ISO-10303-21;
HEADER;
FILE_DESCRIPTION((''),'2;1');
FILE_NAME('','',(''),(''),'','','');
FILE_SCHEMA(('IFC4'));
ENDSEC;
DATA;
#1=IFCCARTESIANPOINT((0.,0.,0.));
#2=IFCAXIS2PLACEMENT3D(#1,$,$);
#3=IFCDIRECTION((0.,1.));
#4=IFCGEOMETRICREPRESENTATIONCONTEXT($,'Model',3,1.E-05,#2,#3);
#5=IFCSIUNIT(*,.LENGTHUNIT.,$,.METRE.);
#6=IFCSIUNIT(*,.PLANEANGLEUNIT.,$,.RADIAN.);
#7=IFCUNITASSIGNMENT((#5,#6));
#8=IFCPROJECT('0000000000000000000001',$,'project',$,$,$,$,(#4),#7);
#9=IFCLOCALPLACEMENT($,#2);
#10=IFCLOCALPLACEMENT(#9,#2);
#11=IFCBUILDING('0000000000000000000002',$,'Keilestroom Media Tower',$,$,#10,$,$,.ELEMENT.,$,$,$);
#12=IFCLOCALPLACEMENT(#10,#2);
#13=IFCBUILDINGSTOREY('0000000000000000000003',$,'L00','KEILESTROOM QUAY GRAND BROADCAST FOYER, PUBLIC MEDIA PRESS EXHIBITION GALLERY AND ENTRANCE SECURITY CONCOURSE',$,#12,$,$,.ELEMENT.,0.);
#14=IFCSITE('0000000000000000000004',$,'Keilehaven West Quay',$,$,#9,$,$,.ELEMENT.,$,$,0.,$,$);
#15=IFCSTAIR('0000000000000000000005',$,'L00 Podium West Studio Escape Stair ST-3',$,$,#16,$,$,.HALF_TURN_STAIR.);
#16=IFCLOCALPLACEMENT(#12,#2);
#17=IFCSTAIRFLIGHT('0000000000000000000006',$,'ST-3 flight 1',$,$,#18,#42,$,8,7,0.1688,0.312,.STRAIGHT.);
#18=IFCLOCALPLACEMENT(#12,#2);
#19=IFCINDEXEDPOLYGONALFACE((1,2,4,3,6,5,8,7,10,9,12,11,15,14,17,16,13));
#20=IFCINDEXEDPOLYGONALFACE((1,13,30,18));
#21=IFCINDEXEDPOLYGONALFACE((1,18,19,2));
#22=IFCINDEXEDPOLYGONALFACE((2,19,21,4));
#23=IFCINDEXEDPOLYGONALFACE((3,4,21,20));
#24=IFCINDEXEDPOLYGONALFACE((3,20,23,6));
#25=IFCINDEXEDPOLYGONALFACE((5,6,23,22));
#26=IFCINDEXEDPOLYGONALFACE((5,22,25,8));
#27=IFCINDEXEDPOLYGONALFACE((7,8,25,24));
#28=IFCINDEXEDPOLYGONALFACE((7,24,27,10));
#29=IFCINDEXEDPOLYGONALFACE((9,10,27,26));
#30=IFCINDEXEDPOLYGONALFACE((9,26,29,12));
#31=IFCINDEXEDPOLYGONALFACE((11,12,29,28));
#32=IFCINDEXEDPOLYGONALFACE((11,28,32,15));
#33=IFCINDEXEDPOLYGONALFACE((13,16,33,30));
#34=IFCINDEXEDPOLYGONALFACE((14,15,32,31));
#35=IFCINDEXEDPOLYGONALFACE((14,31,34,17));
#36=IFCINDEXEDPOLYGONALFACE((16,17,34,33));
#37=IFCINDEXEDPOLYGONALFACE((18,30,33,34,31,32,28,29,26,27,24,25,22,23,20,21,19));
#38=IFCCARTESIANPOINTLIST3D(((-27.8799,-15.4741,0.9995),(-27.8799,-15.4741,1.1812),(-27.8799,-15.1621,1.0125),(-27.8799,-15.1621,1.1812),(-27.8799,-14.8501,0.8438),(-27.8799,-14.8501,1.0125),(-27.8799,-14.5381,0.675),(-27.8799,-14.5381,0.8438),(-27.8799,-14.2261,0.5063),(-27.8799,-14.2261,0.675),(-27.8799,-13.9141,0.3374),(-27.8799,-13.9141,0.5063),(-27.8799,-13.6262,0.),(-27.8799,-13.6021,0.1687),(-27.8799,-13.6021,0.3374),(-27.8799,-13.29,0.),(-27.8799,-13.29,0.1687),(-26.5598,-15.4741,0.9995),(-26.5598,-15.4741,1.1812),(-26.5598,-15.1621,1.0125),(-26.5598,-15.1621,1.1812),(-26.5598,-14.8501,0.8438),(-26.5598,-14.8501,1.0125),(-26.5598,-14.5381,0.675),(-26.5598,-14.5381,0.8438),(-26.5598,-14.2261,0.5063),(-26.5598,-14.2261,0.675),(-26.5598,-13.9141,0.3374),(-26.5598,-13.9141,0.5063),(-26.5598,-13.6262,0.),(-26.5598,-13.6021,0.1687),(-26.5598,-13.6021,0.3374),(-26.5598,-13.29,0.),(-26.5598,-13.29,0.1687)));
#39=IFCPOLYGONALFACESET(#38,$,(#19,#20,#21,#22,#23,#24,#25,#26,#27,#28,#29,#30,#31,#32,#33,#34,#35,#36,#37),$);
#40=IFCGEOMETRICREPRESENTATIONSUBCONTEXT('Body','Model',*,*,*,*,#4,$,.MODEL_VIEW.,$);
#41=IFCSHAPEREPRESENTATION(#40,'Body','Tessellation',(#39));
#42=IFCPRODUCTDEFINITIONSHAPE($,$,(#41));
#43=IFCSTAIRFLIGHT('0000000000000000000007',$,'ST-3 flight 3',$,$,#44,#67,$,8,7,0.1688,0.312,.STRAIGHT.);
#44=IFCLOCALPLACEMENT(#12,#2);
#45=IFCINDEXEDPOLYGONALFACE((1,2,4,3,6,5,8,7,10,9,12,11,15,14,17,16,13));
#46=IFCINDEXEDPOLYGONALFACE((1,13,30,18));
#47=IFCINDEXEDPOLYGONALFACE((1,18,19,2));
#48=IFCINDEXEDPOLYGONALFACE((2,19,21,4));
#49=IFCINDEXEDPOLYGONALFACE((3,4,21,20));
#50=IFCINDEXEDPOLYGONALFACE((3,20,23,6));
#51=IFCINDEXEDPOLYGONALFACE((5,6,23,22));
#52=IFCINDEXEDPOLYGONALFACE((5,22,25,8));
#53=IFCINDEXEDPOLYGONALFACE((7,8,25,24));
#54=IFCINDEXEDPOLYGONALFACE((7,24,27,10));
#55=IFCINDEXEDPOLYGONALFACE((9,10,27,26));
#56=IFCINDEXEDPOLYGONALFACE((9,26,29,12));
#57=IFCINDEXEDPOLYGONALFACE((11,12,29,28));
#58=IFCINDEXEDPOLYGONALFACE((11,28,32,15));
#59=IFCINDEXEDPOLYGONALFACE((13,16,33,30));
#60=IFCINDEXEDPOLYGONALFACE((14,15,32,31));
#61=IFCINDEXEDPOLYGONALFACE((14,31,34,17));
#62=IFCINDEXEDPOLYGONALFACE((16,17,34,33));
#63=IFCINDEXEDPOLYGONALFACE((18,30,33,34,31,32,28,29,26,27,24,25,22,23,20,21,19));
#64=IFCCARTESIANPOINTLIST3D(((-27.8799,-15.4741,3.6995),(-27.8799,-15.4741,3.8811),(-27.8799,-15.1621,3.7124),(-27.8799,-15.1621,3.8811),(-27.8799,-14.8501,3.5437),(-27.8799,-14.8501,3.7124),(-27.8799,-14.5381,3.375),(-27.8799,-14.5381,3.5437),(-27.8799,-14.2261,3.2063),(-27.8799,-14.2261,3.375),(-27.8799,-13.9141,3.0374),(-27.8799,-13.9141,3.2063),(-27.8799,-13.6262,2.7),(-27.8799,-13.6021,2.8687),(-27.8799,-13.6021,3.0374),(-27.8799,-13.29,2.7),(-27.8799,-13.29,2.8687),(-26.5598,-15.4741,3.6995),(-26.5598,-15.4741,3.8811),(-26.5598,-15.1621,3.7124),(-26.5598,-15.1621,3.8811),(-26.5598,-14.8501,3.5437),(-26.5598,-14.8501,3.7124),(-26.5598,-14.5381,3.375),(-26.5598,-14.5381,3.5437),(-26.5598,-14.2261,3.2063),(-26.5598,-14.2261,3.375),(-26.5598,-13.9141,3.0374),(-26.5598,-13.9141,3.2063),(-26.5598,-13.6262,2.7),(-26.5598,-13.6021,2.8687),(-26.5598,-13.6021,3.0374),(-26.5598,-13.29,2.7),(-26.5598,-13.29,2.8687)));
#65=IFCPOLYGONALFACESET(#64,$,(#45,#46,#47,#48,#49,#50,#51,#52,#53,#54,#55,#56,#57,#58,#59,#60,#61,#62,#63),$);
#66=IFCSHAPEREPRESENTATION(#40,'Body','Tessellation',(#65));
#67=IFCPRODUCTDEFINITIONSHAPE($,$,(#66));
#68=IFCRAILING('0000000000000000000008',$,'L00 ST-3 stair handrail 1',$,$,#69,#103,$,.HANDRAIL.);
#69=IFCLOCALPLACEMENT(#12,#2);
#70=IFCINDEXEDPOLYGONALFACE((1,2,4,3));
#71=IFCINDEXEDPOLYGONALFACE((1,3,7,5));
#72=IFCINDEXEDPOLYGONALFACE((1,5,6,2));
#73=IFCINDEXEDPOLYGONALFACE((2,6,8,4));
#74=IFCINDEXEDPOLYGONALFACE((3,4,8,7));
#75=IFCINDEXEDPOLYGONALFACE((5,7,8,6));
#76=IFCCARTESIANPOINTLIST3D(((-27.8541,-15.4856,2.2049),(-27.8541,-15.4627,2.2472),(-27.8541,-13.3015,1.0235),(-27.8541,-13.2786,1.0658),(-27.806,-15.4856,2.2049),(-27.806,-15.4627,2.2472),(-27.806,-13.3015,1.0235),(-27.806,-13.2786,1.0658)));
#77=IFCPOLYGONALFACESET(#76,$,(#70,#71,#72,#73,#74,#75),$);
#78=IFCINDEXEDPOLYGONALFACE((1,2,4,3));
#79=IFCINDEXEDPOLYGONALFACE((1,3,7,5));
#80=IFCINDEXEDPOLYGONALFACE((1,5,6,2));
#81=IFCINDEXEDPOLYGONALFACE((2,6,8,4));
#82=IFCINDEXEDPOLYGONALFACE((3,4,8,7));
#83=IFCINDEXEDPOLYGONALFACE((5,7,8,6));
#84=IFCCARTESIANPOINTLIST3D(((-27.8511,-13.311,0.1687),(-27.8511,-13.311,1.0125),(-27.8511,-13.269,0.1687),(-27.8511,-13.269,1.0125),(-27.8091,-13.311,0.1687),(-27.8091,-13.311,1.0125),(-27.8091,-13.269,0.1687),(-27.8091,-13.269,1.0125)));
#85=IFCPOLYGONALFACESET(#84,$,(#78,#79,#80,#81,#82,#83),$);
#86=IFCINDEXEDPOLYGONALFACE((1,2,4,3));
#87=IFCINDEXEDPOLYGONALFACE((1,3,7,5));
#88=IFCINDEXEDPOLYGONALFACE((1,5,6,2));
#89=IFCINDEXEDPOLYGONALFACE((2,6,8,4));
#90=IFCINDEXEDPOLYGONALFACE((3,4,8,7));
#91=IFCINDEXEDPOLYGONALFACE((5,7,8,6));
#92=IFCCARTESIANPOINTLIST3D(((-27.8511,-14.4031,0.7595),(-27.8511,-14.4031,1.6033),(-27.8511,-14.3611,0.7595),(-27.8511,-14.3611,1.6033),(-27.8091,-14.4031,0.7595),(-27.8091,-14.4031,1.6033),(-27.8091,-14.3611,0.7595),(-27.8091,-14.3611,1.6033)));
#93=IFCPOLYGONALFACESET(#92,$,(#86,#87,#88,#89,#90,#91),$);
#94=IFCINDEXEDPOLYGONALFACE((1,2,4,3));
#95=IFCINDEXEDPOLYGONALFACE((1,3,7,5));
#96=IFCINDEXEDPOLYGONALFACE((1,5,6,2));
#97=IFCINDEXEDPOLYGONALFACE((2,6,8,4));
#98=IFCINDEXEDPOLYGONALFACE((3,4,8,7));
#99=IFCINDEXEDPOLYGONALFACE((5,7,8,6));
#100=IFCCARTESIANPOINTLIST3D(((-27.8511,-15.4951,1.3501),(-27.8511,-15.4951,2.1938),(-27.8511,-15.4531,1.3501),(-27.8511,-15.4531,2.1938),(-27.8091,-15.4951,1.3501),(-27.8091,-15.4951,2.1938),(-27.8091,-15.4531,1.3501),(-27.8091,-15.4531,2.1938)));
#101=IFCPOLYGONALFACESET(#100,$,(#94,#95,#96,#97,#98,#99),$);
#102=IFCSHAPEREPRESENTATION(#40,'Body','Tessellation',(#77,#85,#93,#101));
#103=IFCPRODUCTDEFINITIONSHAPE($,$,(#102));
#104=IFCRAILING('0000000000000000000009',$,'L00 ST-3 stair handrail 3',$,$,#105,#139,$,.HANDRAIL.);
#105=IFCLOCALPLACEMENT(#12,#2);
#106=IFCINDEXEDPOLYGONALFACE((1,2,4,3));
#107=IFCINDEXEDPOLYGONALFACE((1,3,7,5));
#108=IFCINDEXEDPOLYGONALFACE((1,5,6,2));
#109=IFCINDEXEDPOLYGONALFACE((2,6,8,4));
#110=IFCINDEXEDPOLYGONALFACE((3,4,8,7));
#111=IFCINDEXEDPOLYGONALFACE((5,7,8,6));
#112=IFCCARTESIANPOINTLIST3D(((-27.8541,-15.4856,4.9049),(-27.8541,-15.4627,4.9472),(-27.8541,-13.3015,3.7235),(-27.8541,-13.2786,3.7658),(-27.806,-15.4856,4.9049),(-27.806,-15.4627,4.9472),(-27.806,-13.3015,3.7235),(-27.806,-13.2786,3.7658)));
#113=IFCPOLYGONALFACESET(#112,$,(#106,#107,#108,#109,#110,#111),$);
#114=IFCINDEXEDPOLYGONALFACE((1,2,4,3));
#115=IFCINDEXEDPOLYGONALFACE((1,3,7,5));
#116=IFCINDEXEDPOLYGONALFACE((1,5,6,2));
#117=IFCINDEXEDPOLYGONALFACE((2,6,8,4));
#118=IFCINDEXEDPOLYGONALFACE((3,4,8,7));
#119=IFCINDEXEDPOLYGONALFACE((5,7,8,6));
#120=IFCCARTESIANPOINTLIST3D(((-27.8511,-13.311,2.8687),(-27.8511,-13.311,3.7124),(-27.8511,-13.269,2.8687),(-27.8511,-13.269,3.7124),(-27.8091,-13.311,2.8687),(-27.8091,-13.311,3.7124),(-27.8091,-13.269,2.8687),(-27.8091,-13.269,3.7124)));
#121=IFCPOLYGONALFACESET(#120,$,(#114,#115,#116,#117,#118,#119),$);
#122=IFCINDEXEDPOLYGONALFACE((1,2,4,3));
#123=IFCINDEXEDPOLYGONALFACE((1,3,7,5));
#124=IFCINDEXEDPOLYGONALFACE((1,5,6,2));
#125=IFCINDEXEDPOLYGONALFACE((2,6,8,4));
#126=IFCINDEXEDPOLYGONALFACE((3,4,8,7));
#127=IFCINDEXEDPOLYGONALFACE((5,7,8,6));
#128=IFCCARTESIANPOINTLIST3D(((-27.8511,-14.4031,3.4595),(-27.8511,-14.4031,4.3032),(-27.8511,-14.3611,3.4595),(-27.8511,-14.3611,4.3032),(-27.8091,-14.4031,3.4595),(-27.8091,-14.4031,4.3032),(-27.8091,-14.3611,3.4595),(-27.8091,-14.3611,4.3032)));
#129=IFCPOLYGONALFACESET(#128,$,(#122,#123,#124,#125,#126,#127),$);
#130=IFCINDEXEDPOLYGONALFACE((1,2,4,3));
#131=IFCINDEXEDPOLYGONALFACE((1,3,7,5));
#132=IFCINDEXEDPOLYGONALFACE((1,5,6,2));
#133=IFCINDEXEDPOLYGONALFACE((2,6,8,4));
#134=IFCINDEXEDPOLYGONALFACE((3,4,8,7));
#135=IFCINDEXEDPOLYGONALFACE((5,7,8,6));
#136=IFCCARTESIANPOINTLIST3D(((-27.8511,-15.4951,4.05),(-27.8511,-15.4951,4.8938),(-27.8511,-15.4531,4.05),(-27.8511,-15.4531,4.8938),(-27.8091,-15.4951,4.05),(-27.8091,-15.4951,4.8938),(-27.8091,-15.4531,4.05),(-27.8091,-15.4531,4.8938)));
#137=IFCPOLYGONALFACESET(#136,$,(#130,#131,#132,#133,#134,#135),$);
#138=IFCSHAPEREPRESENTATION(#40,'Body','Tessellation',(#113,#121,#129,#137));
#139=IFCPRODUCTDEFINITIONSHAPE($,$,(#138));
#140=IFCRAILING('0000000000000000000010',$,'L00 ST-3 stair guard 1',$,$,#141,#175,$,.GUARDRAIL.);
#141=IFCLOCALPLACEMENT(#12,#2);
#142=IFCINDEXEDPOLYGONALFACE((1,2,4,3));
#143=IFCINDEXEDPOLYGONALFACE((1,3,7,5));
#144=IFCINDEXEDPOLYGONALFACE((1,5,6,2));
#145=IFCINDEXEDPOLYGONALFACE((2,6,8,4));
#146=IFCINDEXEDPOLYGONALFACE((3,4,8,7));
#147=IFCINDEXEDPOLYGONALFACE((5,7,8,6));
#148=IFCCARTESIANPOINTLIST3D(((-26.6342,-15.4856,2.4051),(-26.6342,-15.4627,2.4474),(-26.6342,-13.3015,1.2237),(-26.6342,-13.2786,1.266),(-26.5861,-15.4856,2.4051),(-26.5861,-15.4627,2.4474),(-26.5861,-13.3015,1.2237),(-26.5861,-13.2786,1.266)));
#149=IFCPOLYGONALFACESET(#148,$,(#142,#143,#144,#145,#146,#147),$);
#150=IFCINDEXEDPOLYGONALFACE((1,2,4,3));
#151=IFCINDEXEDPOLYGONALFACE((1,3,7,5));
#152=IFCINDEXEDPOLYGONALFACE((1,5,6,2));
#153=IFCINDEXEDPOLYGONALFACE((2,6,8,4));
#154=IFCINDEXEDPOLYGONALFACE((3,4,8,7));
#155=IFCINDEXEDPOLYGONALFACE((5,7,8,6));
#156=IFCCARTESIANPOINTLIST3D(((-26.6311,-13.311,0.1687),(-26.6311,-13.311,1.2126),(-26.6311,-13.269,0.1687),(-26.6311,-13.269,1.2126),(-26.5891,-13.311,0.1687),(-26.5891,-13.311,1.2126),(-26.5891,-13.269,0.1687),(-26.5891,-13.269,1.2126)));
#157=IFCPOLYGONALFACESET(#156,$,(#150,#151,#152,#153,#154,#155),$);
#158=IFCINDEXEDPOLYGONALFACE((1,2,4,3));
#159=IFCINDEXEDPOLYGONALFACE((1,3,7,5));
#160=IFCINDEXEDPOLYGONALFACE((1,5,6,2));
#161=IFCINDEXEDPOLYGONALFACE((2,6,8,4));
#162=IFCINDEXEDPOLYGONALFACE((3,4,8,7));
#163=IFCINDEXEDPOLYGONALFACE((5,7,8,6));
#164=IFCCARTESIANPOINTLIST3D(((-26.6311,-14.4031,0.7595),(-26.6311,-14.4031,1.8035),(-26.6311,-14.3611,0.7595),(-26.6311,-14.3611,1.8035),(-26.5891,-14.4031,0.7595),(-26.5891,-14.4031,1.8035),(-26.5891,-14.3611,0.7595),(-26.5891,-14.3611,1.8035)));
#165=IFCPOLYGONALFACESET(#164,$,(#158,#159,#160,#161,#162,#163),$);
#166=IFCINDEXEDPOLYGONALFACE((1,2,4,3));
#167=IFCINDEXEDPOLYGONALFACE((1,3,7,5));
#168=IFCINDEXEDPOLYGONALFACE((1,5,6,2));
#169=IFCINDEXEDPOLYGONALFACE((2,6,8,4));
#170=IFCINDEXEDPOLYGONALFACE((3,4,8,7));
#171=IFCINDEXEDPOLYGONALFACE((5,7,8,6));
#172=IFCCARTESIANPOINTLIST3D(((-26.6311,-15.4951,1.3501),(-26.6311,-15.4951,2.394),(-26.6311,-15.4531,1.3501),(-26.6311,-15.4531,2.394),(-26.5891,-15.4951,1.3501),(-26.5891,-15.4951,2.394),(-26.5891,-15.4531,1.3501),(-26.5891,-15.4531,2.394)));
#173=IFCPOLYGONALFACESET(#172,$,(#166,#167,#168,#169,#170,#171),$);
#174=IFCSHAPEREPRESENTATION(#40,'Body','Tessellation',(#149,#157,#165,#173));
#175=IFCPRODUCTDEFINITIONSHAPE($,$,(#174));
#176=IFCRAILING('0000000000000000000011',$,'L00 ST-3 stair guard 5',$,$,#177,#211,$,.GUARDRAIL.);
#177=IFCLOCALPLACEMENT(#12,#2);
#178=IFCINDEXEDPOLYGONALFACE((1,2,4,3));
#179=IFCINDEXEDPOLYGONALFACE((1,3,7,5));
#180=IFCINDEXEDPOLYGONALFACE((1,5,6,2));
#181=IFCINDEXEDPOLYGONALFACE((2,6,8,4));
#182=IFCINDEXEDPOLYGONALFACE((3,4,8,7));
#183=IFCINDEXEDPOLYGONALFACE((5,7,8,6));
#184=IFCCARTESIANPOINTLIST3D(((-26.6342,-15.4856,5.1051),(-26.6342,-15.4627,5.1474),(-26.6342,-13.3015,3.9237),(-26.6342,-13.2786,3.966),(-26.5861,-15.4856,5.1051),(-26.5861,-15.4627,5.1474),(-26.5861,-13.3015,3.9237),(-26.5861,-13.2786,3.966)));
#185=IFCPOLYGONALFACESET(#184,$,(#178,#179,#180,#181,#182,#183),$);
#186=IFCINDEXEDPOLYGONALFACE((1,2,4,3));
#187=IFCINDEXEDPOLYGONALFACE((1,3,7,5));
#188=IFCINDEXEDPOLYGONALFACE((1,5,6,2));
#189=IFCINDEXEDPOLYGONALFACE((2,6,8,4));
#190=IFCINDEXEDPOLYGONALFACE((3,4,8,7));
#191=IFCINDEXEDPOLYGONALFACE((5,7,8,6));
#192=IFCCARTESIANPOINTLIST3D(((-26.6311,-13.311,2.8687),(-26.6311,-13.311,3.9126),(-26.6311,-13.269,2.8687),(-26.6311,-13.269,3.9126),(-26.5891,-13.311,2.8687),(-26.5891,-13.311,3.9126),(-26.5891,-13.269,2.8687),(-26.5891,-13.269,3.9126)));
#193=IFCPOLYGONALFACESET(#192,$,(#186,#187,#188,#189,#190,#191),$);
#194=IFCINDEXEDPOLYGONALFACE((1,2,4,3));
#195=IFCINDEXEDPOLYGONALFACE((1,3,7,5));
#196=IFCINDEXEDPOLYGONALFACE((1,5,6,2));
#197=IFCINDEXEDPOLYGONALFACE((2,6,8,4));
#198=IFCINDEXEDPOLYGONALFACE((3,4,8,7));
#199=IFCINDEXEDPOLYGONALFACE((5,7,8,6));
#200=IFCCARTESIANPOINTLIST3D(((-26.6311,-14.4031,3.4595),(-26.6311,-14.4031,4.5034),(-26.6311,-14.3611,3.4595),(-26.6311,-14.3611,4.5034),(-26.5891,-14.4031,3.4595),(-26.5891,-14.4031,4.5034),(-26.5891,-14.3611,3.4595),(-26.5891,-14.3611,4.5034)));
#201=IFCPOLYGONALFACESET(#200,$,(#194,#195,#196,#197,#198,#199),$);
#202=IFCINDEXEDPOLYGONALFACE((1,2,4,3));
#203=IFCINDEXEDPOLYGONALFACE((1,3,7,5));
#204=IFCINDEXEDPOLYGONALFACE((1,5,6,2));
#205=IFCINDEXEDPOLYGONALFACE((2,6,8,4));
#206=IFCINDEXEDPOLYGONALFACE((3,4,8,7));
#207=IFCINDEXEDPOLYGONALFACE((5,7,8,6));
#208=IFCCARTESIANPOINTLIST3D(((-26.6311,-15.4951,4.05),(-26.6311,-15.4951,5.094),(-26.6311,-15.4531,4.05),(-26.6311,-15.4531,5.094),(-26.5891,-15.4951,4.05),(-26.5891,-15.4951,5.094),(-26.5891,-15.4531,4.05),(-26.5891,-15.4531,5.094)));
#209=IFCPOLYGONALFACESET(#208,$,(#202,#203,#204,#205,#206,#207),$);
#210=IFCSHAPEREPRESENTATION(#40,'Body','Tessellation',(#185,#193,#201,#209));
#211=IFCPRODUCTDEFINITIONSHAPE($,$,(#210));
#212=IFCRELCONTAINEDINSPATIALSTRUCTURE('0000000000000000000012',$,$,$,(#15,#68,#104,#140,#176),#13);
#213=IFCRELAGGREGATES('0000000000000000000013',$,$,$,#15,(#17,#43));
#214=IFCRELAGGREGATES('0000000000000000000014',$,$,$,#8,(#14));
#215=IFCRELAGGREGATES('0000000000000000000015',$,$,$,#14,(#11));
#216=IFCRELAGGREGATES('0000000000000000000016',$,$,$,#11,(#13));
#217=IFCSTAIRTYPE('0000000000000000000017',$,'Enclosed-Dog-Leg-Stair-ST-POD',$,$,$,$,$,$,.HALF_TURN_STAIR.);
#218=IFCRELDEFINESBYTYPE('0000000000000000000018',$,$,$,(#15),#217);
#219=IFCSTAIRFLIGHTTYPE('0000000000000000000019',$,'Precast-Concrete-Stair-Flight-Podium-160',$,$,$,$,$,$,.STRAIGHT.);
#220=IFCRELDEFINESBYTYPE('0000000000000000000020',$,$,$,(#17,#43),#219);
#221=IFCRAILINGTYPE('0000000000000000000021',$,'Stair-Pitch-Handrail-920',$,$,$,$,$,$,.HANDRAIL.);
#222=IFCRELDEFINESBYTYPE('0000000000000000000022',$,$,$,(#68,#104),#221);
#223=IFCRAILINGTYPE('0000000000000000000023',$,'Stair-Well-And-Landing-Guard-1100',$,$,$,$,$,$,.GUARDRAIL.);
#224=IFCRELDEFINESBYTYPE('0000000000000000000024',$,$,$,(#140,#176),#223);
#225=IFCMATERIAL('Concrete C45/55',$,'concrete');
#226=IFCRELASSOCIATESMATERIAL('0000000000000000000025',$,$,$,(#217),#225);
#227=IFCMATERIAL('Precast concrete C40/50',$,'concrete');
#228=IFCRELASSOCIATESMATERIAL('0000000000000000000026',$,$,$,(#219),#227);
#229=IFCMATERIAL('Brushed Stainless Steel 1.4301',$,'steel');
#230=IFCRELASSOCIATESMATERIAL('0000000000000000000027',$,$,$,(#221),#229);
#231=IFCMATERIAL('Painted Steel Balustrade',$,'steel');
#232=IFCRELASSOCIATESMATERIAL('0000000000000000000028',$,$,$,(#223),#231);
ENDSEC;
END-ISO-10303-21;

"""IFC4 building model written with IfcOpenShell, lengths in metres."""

from ifc_helpers import new_model, si_unit, direction, frame, origin, origin_2d, place, context, subcontext, project, spatial, polyline, rectangle, outline, extrude, material, type_object, element, aggregate, save


model = new_model("IFC4")

# Units and contexts
model_context = context("Model", 3, precision=1e-05, world=origin(), true_north=direction((0.0, 1.0)))
body_context = subcontext(model_context, "Body", "Model", "MODEL_VIEW")
ifc_project = project(units=[si_unit("LENGTHUNIT", "METRE"), si_unit("PLANEANGLEUNIT", "RADIAN")], contexts=[model_context])

# Site, building, storey
site_placement = place(None, origin())
site = spatial("IfcSite", under=ifc_project, at=site_placement, Name="Keilehaven West Quay", CompositionType="ELEMENT", RefElevation=0.0)
building_placement = place(site_placement, origin())
building = spatial("IfcBuilding", under=site, at=building_placement, Name="Keilestroom Media Tower", CompositionType="ELEMENT")
storey_placement = place(building_placement, origin())
storey = spatial("IfcBuildingStorey", under=building, at=storey_placement, Name="L00", Description="KEILESTROOM QUAY GRAND BROADCAST FOYER, PUBLIC MEDIA PRESS EXHIBITION GALLERY AND ENTRANCE SECURITY CONCOURSE", CompositionType="ELEMENT", Elevation=0.0)

# Shared definitions
ifc_material_1 = material(Name="Precast concrete C40/50", Category="concrete")

# Stair, stair flights
ifc_material_2 = material(Name="Concrete C45/55", Category="concrete")
stair_type = type_object("IfcStairType", Name="Enclosed-Dog-Leg-Stair-ST-POD", PredefinedType="HALF_TURN_STAIR", material=ifc_material_2)
stair_placement = place(storey_placement, origin())
stair = element("IfcStair", 1, at=stair_placement, inside=storey, type_object=stair_type, Name="L00 Podium West Studio Escape Stair ST-3", PredefinedType="HALF_TURN_STAIR")
stair_flight_type = type_object("IfcStairFlightType", Name="Precast-Concrete-Stair-Flight-Podium-160", PredefinedType="STRAIGHT", material=ifc_material_1)
stair_flight_1_placement = place(storey_placement, frame((-27.22, -13.29, 0.0), z_axis=(0.0, 0.0, 1.0), x_axis=(0.0, -1.0, 0.0)))
stair_flight_1 = element("IfcStairFlight", 2, at=stair_flight_1_placement, type_object=stair_flight_type, Name="ST-3 flight 1", NumberOfRisers=8, NumberOfTreads=7, PredefinedType="STRAIGHT", RiserHeight=0.1688, TreadLength=0.312, context=body_context, shape_type="SweptSolid", body=[
    extrude(outline(polyline([(0.0, 0.0), (0.0, 0.1687), (0.312, 0.1687), (0.312, 0.3374), (0.624, 0.3374), (0.624, 0.5063), (0.936, 0.5063), (0.936, 0.675), (1.248, 0.675), (1.248, 0.8438), (1.5601, 0.8438), (1.5601, 1.0125), (1.8721, 1.0125), (1.8721, 1.1812), (2.1841, 1.1812), (2.1841, 1.3501), (2.1841, 0.9995), (0.3362, 0.0), (0.0, 0.0)])), frame((0.0, 0.6602, 0.0), z_axis=(0.0, -1.0, 0.0), x_axis=(1.0, 0.0, 0.0)), (0.0, 0.0, 1.0), 1.3201),
])
stair_flight_2_placement = place(storey_placement, frame((-27.22, -13.29, 2.7), z_axis=(0.0, 0.0, 1.0), x_axis=(0.0, -1.0, 0.0)))
stair_flight_2 = element("IfcStairFlight", 3, at=stair_flight_2_placement, type_object=stair_flight_type, Name="ST-3 flight 3", NumberOfRisers=8, NumberOfTreads=7, PredefinedType="STRAIGHT", RiserHeight=0.1688, TreadLength=0.312, context=body_context, shape_type="SweptSolid", body=[
    extrude(outline(polyline([(0.0, 0.0), (0.0, 0.1687), (0.312, 0.1687), (0.312, 0.3374), (0.624, 0.3374), (0.624, 0.5063), (0.936, 0.5063), (0.936, 0.675), (1.248, 0.675), (1.248, 0.8438), (1.5601, 0.8438), (1.5601, 1.0125), (1.8721, 1.0125), (1.8721, 1.1812), (2.1841, 1.1812), (2.1841, 1.3501), (2.1841, 0.9995), (0.3362, 0.0), (0.0, 0.0)])), frame((0.0, 0.6602, 0.0), z_axis=(0.0, -1.0, 0.0), x_axis=(1.0, 0.0, 0.0)), (0.0, 0.0, 1.0), 1.3201),
])
aggregate(stair, [stair_flight_1, stair_flight_2])

# Railings
ifc_material_3 = material(Name="Brushed Stainless Steel 1.4301", Category="steel")
railing_type_1 = type_object("IfcRailingType", Name="Stair-Pitch-Handrail-920", PredefinedType="HANDRAIL", material=ifc_material_3)
for number, where, name in (
    (4, (-27.8301, -13.29, 0.1687), "L00 ST-3 stair handrail 1"),
    (5, (-27.8301, -13.29, 2.8687), "L00 ST-3 stair handrail 3"),
):
    element("IfcRailing", number, at=place(storey_placement, frame(where)), inside=storey, type_object=railing_type_1, Name=name, PredefinedType="HANDRAIL", context=body_context, shape_type="SweptSolid", body=[
        extrude(rectangle(XDim=0.0481, YDim=0.0481, at=origin_2d()), frame((0.0, 0.0, 0.876), z_axis=(0.0, -0.87957, 0.47577), x_axis=(1.0, 0.0, 0.0)), (0.0, 0.0, 1.0), 2.4832),
        extrude(rectangle(XDim=0.042, YDim=0.042, at=origin_2d()), origin(), (0.0, 0.0, 1.0), 0.8438),
        extrude(rectangle(XDim=0.042, YDim=0.042, at=origin_2d()), frame((0.0, -1.092, 0.5908)), (0.0, 0.0, 1.0), 0.8438),
        extrude(rectangle(XDim=0.042, YDim=0.042, at=origin_2d()), frame((0.0, -2.1841, 1.1814)), (0.0, 0.0, 1.0), 0.8438),
    ])
ifc_material_4 = material(Name="Painted Steel Balustrade", Category="steel")
railing_type_2 = type_object("IfcRailingType", Name="Stair-Well-And-Landing-Guard-1100", PredefinedType="GUARDRAIL", material=ifc_material_4)
for number, where, name in (
    (6, (-26.6101, -13.29, 0.1687), "L00 ST-3 stair guard 1"),
    (7, (-26.6101, -13.29, 2.8687), "L00 ST-3 stair guard 5"),
):
    element("IfcRailing", number, at=place(storey_placement, frame(where)), inside=storey, type_object=railing_type_2, Name=name, PredefinedType="GUARDRAIL", context=body_context, shape_type="SweptSolid", body=[
        extrude(rectangle(XDim=0.0481, YDim=0.0481, at=origin_2d()), frame((0.0, 0.0, 1.0762), z_axis=(0.0, -0.87957, 0.47577), x_axis=(1.0, 0.0, 0.0)), (0.0, 0.0, 1.0), 2.4832),
        extrude(rectangle(XDim=0.042, YDim=0.042, at=origin_2d()), origin(), (0.0, 0.0, 1.0), 1.0439),
        extrude(rectangle(XDim=0.042, YDim=0.042, at=origin_2d()), frame((0.0, -1.092, 0.5908)), (0.0, 0.0, 1.0), 1.0439),
        extrude(rectangle(XDim=0.042, YDim=0.042, at=origin_2d()), frame((0.0, -2.1841, 1.1814)), (0.0, 0.0, 1.0), 1.0439),
    ])

save(model, "model.ifc")
